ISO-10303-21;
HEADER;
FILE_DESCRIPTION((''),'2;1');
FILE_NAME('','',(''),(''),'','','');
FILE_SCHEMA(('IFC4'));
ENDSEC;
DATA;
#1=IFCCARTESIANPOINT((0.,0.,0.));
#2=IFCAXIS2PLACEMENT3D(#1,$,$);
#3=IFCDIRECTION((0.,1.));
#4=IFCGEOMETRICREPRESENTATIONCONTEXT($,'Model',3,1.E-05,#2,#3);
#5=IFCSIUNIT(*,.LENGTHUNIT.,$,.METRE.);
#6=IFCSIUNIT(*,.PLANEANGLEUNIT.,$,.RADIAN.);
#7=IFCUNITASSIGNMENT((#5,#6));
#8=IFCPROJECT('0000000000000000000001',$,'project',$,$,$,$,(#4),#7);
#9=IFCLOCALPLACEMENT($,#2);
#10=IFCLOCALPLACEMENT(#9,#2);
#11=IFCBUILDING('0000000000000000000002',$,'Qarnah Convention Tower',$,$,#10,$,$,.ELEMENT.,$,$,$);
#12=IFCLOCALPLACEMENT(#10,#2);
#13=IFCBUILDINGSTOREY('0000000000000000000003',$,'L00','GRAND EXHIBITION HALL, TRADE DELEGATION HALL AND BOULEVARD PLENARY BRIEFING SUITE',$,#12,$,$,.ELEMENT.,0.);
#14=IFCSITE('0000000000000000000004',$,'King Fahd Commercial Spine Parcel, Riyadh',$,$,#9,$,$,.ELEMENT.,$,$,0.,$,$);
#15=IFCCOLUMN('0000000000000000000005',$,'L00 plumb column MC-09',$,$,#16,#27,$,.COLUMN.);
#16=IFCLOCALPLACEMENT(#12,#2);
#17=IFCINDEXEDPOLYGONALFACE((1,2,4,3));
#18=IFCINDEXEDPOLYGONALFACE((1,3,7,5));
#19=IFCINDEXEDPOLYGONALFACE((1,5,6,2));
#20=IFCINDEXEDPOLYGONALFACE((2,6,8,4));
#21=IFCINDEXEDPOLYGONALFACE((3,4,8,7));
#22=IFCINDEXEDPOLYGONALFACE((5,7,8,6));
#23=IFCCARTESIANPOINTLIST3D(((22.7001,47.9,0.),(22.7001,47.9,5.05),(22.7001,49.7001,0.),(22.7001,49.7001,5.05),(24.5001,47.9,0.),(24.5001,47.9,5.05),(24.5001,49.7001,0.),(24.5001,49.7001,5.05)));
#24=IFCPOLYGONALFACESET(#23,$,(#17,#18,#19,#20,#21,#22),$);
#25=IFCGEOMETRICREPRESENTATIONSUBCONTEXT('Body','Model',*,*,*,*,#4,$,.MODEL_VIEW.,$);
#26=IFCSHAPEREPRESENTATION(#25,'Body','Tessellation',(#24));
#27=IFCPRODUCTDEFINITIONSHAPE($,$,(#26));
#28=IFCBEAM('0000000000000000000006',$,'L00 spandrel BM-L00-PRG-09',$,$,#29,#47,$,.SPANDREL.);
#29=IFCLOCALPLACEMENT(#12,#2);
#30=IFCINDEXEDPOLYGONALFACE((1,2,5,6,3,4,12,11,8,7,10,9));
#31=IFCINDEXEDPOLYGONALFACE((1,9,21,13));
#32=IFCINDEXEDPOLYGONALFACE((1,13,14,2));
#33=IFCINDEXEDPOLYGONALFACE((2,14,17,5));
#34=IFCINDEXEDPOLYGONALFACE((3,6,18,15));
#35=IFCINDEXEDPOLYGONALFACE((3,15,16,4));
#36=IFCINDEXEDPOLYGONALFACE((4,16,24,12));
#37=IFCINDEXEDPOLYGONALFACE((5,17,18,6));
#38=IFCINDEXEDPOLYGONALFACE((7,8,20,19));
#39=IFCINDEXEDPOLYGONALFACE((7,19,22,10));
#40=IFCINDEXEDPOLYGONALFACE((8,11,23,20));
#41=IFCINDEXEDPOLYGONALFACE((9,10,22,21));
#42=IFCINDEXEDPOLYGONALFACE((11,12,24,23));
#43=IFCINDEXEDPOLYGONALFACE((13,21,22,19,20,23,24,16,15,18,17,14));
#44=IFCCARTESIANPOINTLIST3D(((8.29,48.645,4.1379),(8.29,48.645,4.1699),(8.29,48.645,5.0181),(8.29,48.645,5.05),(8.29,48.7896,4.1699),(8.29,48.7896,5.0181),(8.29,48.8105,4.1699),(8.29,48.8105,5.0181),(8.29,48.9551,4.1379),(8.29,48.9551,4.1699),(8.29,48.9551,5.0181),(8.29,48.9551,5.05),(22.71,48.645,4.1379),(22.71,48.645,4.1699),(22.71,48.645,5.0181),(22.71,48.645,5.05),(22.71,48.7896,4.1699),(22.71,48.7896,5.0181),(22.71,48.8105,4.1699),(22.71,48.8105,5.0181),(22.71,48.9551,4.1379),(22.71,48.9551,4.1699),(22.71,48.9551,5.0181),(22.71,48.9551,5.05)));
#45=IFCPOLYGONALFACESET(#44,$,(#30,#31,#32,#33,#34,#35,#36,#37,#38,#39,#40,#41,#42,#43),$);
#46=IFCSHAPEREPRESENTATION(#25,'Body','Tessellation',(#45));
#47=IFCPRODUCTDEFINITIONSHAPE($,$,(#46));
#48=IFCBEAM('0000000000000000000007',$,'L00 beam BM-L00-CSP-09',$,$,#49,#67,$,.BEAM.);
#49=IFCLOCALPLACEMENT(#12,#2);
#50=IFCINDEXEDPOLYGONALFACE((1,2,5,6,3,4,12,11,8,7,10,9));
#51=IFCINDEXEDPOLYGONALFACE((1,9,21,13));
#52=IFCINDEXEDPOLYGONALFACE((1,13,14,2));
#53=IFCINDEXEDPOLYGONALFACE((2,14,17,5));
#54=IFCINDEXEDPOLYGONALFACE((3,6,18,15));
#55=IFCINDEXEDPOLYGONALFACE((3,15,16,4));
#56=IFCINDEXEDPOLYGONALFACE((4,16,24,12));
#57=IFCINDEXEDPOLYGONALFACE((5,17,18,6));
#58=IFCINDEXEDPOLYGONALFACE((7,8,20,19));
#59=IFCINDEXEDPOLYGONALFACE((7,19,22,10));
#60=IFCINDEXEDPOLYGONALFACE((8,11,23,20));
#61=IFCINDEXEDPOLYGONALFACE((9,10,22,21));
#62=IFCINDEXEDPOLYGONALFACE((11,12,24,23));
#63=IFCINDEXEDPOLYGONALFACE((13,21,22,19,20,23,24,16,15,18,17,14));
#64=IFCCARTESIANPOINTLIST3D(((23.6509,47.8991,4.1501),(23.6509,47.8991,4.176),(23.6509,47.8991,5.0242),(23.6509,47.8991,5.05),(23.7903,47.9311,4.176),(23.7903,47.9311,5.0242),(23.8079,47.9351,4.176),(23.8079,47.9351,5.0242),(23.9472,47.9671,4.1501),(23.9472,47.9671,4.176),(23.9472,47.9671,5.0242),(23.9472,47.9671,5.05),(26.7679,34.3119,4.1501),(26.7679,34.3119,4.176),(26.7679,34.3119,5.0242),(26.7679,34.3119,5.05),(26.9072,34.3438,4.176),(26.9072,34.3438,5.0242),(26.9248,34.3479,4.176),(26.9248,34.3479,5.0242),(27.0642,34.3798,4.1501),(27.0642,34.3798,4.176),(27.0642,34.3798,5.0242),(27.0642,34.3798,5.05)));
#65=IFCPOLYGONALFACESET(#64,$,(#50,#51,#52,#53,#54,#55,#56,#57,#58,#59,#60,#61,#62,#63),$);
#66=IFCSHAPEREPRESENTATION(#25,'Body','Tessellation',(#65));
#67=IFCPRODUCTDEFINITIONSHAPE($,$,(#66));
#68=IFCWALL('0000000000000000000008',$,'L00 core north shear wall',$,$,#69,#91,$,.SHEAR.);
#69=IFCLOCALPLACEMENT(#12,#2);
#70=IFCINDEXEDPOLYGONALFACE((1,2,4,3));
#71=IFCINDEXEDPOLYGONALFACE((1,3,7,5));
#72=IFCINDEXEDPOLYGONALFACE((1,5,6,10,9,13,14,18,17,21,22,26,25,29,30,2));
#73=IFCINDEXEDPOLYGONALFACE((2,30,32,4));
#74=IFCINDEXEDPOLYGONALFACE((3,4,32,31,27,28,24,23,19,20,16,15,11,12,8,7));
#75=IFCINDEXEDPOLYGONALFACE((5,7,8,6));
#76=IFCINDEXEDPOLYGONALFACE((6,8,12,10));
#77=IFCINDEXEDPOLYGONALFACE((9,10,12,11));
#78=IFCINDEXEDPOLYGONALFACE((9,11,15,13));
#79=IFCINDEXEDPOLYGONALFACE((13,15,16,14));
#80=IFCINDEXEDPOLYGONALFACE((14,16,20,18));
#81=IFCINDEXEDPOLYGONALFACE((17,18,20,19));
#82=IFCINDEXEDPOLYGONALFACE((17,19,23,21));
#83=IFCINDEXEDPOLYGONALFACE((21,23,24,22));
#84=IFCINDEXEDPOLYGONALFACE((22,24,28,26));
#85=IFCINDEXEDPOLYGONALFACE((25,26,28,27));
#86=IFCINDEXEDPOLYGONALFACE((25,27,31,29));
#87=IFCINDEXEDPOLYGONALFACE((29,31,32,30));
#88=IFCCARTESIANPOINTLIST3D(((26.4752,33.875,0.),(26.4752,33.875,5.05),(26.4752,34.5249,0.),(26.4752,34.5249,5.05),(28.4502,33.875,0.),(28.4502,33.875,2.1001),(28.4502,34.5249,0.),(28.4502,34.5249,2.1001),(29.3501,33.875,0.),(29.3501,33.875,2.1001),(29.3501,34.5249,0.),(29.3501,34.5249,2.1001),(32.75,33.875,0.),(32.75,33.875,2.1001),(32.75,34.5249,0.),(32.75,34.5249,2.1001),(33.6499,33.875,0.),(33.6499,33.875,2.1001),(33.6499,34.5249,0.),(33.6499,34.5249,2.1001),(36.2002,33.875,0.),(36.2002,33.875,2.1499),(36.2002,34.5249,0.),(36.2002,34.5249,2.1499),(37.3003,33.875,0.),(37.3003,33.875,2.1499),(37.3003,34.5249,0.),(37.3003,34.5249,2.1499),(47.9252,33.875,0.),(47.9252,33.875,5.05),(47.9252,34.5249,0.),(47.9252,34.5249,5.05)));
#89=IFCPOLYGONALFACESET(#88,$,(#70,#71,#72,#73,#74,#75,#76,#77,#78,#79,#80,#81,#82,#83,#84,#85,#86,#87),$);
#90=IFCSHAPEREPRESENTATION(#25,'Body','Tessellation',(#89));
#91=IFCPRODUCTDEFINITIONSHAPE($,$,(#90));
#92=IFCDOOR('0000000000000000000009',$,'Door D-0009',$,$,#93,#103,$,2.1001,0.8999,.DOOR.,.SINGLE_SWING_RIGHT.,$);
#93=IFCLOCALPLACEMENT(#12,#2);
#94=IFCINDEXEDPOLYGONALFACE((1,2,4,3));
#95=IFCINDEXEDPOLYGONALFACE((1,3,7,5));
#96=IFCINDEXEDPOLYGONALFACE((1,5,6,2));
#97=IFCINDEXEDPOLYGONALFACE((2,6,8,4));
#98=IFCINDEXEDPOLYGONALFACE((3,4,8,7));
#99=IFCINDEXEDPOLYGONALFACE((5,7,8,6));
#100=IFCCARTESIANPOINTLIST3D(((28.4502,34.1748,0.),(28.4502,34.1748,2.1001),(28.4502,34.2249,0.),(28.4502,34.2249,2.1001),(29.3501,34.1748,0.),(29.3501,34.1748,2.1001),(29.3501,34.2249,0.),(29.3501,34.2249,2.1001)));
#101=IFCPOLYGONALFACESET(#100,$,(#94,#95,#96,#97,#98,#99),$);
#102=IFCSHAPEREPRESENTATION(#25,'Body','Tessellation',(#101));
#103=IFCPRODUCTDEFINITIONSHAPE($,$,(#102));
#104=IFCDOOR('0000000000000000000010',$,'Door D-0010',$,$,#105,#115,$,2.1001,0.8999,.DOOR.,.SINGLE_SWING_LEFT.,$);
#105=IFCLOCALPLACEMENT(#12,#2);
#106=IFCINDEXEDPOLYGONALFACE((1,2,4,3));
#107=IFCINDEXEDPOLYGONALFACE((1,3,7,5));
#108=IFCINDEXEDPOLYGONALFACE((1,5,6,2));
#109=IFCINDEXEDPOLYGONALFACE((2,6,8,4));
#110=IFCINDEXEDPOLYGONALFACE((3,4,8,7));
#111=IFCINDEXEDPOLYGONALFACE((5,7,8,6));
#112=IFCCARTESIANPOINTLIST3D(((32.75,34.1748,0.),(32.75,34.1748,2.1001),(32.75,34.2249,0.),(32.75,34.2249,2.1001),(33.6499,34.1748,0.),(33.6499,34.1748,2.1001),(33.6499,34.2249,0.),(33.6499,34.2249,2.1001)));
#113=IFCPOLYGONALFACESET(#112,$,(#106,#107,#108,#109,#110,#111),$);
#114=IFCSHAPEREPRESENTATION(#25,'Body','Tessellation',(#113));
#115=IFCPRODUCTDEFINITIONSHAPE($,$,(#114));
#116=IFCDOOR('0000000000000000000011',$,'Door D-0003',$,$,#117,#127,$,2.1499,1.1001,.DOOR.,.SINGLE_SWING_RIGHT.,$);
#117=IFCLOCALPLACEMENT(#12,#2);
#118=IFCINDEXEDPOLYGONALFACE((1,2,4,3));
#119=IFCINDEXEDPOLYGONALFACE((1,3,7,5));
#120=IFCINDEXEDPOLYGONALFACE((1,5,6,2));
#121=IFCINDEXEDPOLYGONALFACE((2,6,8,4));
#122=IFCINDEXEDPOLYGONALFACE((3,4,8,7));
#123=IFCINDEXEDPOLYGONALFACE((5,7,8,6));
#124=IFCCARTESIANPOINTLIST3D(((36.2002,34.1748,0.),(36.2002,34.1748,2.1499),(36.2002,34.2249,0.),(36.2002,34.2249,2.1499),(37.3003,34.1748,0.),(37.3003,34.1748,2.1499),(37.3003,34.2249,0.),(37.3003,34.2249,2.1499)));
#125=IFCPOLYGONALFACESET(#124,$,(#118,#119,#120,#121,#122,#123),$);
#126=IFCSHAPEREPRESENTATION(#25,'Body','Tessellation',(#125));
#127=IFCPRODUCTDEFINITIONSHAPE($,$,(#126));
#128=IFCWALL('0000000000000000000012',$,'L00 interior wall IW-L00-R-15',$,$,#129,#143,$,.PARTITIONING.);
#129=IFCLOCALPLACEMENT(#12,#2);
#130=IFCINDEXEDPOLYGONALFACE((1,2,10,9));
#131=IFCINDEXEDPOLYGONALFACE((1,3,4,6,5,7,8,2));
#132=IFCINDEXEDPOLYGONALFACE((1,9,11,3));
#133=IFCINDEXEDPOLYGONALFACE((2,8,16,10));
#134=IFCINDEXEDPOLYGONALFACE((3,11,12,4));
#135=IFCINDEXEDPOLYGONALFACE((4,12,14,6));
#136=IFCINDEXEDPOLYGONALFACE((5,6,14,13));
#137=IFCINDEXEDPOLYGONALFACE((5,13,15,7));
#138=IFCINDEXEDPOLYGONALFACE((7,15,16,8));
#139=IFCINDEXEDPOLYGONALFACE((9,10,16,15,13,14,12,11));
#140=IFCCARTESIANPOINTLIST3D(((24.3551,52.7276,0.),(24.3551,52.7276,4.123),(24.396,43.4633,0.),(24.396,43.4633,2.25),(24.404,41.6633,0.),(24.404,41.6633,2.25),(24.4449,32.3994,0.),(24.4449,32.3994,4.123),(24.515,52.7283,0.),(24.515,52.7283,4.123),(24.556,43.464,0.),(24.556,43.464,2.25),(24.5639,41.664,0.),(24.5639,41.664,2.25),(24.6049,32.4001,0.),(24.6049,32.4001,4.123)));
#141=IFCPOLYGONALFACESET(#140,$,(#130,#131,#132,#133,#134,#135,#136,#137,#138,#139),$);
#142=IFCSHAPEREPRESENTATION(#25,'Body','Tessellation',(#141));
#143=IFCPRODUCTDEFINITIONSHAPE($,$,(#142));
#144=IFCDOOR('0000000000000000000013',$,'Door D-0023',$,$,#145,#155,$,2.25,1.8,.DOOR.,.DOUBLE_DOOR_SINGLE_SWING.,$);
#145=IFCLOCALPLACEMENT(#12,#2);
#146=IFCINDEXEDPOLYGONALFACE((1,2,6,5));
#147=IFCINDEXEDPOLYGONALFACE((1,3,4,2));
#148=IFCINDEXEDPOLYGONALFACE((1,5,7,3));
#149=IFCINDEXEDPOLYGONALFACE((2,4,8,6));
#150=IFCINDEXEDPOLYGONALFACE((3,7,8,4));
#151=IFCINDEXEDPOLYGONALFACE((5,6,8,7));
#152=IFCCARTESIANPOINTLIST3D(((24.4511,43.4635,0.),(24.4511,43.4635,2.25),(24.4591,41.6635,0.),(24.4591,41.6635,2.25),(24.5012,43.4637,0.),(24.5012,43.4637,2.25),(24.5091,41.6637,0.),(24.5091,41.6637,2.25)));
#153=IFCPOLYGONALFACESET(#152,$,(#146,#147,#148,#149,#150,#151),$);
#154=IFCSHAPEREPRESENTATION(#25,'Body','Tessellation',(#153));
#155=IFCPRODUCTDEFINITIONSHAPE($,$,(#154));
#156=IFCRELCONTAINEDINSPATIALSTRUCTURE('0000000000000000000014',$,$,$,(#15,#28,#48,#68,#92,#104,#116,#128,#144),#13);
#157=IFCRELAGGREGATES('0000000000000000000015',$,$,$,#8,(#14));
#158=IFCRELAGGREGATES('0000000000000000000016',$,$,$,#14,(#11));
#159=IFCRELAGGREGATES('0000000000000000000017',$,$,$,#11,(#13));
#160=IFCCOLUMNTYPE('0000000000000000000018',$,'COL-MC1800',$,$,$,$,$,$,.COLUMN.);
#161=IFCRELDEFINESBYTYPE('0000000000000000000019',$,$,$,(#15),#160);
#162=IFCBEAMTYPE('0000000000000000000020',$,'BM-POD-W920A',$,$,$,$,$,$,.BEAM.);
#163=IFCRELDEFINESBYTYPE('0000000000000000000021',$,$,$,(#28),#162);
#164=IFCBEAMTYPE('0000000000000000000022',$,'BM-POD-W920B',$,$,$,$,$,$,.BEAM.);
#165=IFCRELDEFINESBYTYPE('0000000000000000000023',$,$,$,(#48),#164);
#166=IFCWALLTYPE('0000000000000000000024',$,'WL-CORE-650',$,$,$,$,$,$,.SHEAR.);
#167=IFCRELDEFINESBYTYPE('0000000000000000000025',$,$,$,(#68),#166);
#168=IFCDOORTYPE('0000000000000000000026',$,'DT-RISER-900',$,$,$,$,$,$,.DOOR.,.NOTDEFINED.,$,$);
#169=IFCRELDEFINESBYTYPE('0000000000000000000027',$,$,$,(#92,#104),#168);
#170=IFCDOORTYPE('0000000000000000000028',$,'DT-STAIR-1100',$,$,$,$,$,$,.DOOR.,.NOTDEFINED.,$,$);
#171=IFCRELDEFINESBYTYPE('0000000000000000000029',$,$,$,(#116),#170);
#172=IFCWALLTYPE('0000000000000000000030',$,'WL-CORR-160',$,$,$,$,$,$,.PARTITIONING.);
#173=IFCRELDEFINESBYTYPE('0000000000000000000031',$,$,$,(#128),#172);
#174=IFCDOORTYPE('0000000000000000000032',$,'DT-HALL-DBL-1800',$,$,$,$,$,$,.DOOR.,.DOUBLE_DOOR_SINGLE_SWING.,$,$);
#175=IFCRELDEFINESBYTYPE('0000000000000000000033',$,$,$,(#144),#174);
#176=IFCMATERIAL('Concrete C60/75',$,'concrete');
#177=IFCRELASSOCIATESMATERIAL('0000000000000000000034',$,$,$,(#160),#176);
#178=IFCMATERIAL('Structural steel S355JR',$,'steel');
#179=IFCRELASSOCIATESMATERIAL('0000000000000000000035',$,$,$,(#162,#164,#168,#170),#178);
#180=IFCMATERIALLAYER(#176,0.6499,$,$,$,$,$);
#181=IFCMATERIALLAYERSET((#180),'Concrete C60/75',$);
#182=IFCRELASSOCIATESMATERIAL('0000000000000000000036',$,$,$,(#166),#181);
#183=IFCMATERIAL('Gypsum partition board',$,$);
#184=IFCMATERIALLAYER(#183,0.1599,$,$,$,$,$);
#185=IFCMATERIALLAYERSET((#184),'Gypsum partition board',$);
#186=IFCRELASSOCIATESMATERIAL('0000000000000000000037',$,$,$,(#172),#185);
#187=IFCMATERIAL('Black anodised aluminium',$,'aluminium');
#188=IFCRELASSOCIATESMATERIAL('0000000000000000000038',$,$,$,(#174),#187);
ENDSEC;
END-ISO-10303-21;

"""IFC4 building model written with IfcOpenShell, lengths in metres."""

from ifc_helpers import new_model, si_unit, direction, frame, frame_2d, origin, origin_2d, place, context, subcontext, project, spatial, rectangle, i_section, extrude, material, layer, layer_set, material_profile, profile_set, type_object, element, fill, save


model = new_model("IFC4")

# Units and contexts
model_context = context("Model", 3, precision=1e-05, world=origin(), true_north=direction((0.0, 1.0)))
body_context = subcontext(model_context, "Body", "Model", "MODEL_VIEW")
ifc_project = project(units=[si_unit("LENGTHUNIT", "METRE"), si_unit("PLANEANGLEUNIT", "RADIAN")], contexts=[model_context])

# Site, building, storey
site_placement = place(None, origin())
site = spatial("IfcSite", under=ifc_project, at=site_placement, Name="King Fahd Commercial Spine Parcel, Riyadh", CompositionType="ELEMENT", RefElevation=0.0)
building_placement = place(site_placement, origin())
building = spatial("IfcBuilding", under=site, at=building_placement, Name="Qarnah Convention Tower", CompositionType="ELEMENT")
storey_placement = place(building_placement, origin())
storey = spatial("IfcBuildingStorey", under=building, at=storey_placement, Name="L00", Description="GRAND EXHIBITION HALL, TRADE DELEGATION HALL AND BOULEVARD PLENARY BRIEFING SUITE", CompositionType="ELEMENT", Elevation=0.0)

# Column
ifc_material_1 = material(Name="Concrete C60/75", Category="concrete")
ifc_material_profile_1 = material_profile(ifc_material_1, rectangle(XDim=1.8, YDim=1.8, at=origin_2d()), Name="RC-COL-1800X1800")
ifc_profile_set_1 = profile_set([ifc_material_profile_1], Name="Concrete C60/75")
column_type = type_object("IfcColumnType", Name="COL-MC1800", PredefinedType="COLUMN", material=ifc_profile_set_1)
column_placement = place(storey_placement, frame((23.6001, 48.8, 0.0), z_axis=(0.0, 0.0, 1.0), x_axis=(1.0, 0.0, 0.0)))
element("IfcColumn", 1, at=column_placement, inside=storey, type_object=column_type, Name="L00 plumb column MC-09", PredefinedType="COLUMN", context=body_context, shape_type="SweptSolid", body=[
    extrude(rectangle(XDim=1.8, YDim=1.8, at=origin_2d()), origin(), (0.0, 0.0, 1.0), 5.05),
])

# Beams
ifc_material_2 = material(Name="Structural steel S355JR", Category="steel")
ifc_material_profile_2 = material_profile(ifc_material_2, i_section(OverallWidth=0.3101, OverallDepth=0.9121, WebThickness=0.021, FlangeThickness=0.032, at=origin_2d()), Name="W920X342")
ifc_profile_set_2 = profile_set([ifc_material_profile_2], Name="Structural steel S355JR")
beam_type_1 = type_object("IfcBeamType", Name="BM-POD-W920A", PredefinedType="BEAM", material=ifc_profile_set_2)
beam_1_placement = place(storey_placement, frame((22.71, 48.8, 4.594), z_axis=(-1.0, 0.0, 0.0), x_axis=(0.0, -1.0, 0.0)))
element("IfcBeam", 2, at=beam_1_placement, inside=storey, type_object=beam_type_1, Name="L00 spandrel BM-L00-PRG-09", PredefinedType="SPANDREL", context=body_context, shape_type="SweptSolid", body=[
    extrude(i_section(OverallWidth=0.3101, OverallDepth=0.9121, WebThickness=0.021, FlangeThickness=0.032, at=origin_2d()), origin(), (0.0, 0.0, 1.0), 14.4199),
])
ifc_material_profile_3 = material_profile(ifc_material_2, i_section(OverallWidth=0.304, OverallDepth=0.8999, WebThickness=0.0181, FlangeThickness=0.0259, at=origin_2d()), Name="W920X271")
ifc_profile_set_3 = profile_set([ifc_material_profile_3], Name="Structural steel S355JR")
beam_type_2 = type_object("IfcBeamType", Name="BM-POD-W920B", PredefinedType="BEAM", material=ifc_profile_set_3)
beam_2_placement = place(storey_placement, frame((23.7991, 47.9331, 4.6001), z_axis=(0.223596, -0.974682, 0.0), x_axis=(0.974682, 0.223596, 0.0)))
element("IfcBeam", 3, at=beam_2_placement, inside=storey, type_object=beam_type_2, Name="L00 beam BM-L00-CSP-09", PredefinedType="BEAM", context=body_context, shape_type="SweptSolid", body=[
    extrude(i_section(OverallWidth=0.304, OverallDepth=0.8999, WebThickness=0.0181, FlangeThickness=0.0259, at=origin_2d()), origin(), (0.0, 0.0, 1.0), 13.9402),
])

# Wall, openings, doors
ifc_layer_1 = layer(ifc_material_1, 0.6499)
ifc_layer_set_1 = layer_set([ifc_layer_1], Name="Concrete C60/75")
wall_type_1 = type_object("IfcWallType", Name="WL-CORE-650", PredefinedType="SHEAR", material=ifc_layer_set_1)
wall_1_placement = place(storey_placement, frame((26.4751, 34.2, 0.0), z_axis=(0.0, 0.0, 1.0), x_axis=(1.0, 0.0, 0.0)))
wall_1 = element("IfcWall", 4, at=wall_1_placement, inside=storey, type_object=wall_type_1, Name="L00 core north shear wall", PredefinedType="SHEAR", context=body_context, shape_type="SweptSolid", body=[
    extrude(rectangle(XDim=21.45, YDim=0.6499, at=frame_2d((10.7251, 0.0))), origin(), (0.0, 0.0, 1.0), 5.05),
])
opening_1_placement = place(wall_1_placement, frame((9.7251, 0.0, 0.0)))
opening_1 = element("IfcOpeningElement", 5, at=opening_1_placement, cuts=wall_1, PredefinedType="OPENING", context=body_context, shape_type="SweptSolid", body=[
    extrude(rectangle(XDim=1.1001, YDim=2.1499, at=frame_2d((0.55, 1.075))), frame((0.0, 0.335, 0.0), z_axis=(0.0, -1.0, 0.0), x_axis=(1.0, 0.0, 0.0)), (0.0, 0.0, 1.0), 0.6699),
])
opening_2_placement = place(wall_1_placement, frame((1.9751, 0.0, 0.0)))
opening_2 = element("IfcOpeningElement", 6, at=opening_2_placement, cuts=wall_1, PredefinedType="OPENING", context=body_context, shape_type="SweptSolid", body=[
    extrude(rectangle(XDim=0.8999, YDim=2.1001, at=frame_2d((0.45, 1.05))), frame((0.0, 0.335, 0.0), z_axis=(0.0, -1.0, 0.0), x_axis=(1.0, 0.0, 0.0)), (0.0, 0.0, 1.0), 0.6699),
])
opening_3_placement = place(wall_1_placement, frame((6.2749, 0.0, 0.0)))
opening_3 = element("IfcOpeningElement", 7, at=opening_3_placement, cuts=wall_1, PredefinedType="OPENING", context=body_context, shape_type="SweptSolid", body=[
    extrude(rectangle(XDim=0.8999, YDim=2.1001, at=frame_2d((0.45, 1.05))), frame((0.0, 0.335, 0.0), z_axis=(0.0, -1.0, 0.0), x_axis=(1.0, 0.0, 0.0)), (0.0, 0.0, 1.0), 0.6699),
])
door_type_1 = type_object("IfcDoorType", Name="DT-RISER-900", OperationType="NOTDEFINED", PredefinedType="DOOR", material=ifc_material_2)
door_1_placement = place(opening_2_placement, origin())
door_1 = element("IfcDoor", 8, at=door_1_placement, inside=storey, type_object=door_type_1, Name="Door D-0009", OperationType="SINGLE_SWING_RIGHT", OverallHeight=2.1001, OverallWidth=0.8999, PredefinedType="DOOR", context=body_context, shape_type="SweptSolid", body=[
    extrude(rectangle(XDim=0.8999, YDim=2.1001, at=frame_2d((0.45, 1.05))), frame((0.0, 0.0249, 0.0), z_axis=(0.0, -1.0, 0.0), x_axis=(1.0, 0.0, 0.0)), (0.0, 0.0, 1.0), 0.05),
])
fill(opening_2, door_1)
door_2_placement = place(opening_3_placement, origin())
door_2 = element("IfcDoor", 9, at=door_2_placement, inside=storey, type_object=door_type_1, Name="Door D-0010", OperationType="SINGLE_SWING_LEFT", OverallHeight=2.1001, OverallWidth=0.8999, PredefinedType="DOOR", context=body_context, shape_type="SweptSolid", body=[
    extrude(rectangle(XDim=0.8999, YDim=2.1001, at=frame_2d((0.45, 1.05))), frame((0.0, 0.0249, 0.0), z_axis=(0.0, -1.0, 0.0), x_axis=(1.0, 0.0, 0.0)), (0.0, 0.0, 1.0), 0.05),
])
fill(opening_3, door_2)
door_type_2 = type_object("IfcDoorType", Name="DT-STAIR-1100", OperationType="NOTDEFINED", PredefinedType="DOOR", material=ifc_material_2)
door_3_placement = place(opening_1_placement, origin())
door_3 = element("IfcDoor", 10, at=door_3_placement, inside=storey, type_object=door_type_2, Name="Door D-0003", OperationType="SINGLE_SWING_RIGHT", OverallHeight=2.1499, OverallWidth=1.1001, PredefinedType="DOOR", context=body_context, shape_type="SweptSolid", body=[
    extrude(rectangle(XDim=1.1001, YDim=2.1499, at=frame_2d((0.55, 1.075))), frame((0.0, 0.0249, 0.0), z_axis=(0.0, -1.0, 0.0), x_axis=(1.0, 0.0, 0.0)), (0.0, 0.0, 1.0), 0.05),
])
fill(opening_1, door_3)

# Wall, opening, door
ifc_material_3 = material(Name="Gypsum partition board")
ifc_layer_2 = layer(ifc_material_3, 0.1599)
ifc_layer_set_2 = layer_set([ifc_layer_2], Name="Gypsum partition board")
wall_type_2 = type_object("IfcWallType", Name="WL-CORR-160", PredefinedType="PARTITIONING", material=ifc_layer_set_2)
wall_2_placement = place(storey_placement, frame((24.5249, 32.3999, 0.0), z_axis=(0.0, 0.0, 1.0), x_axis=(-0.00442, 0.99999, 0.0)))
wall_2 = element("IfcWall", 11, at=wall_2_placement, inside=storey, type_object=wall_type_2, Name="L00 interior wall IW-L00-R-15", PredefinedType="PARTITIONING", context=body_context, shape_type="SweptSolid", body=[
    extrude(rectangle(XDim=20.3284, YDim=0.1599, at=frame_2d((10.1641, 0.0))), origin(), (0.0, 0.0, 1.0), 4.123),
])
opening_4_placement = place(wall_2_placement, frame((9.2639, 0.0, 0.0)))
opening_4 = element("IfcOpeningElement", 12, at=opening_4_placement, cuts=wall_2, PredefinedType="OPENING", context=body_context, shape_type="SweptSolid", body=[
    extrude(rectangle(XDim=1.8, YDim=2.25, at=frame_2d((0.8999, 1.125))), frame((0.0, 0.0898, 0.0), z_axis=(0.0, -1.0, 0.0), x_axis=(1.0, 0.0, 0.0)), (0.0, 0.0, 1.0), 0.1799),
])
ifc_material_4 = material(Name="Black anodised aluminium", Category="aluminium")
door_type_3 = type_object("IfcDoorType", Name="DT-HALL-DBL-1800", OperationType="DOUBLE_DOOR_SINGLE_SWING", PredefinedType="DOOR", material=ifc_material_4)
door_4_placement = place(opening_4_placement, origin())
door_4 = element("IfcDoor", 13, at=door_4_placement, inside=storey, type_object=door_type_3, Name="Door D-0023", OperationType="DOUBLE_DOOR_SINGLE_SWING", OverallHeight=2.25, OverallWidth=1.8, PredefinedType="DOOR", context=body_context, shape_type="SweptSolid", body=[
    extrude(rectangle(XDim=1.8, YDim=2.25, at=frame_2d((0.8999, 1.125))), frame((0.0, 0.0249, 0.0), z_axis=(0.0, -1.0, 0.0), x_axis=(1.0, 0.0, 0.0)), (0.0, 0.0, 1.0), 0.05),
])
fill(opening_4, door_4)

save(model, "model.ifc")
